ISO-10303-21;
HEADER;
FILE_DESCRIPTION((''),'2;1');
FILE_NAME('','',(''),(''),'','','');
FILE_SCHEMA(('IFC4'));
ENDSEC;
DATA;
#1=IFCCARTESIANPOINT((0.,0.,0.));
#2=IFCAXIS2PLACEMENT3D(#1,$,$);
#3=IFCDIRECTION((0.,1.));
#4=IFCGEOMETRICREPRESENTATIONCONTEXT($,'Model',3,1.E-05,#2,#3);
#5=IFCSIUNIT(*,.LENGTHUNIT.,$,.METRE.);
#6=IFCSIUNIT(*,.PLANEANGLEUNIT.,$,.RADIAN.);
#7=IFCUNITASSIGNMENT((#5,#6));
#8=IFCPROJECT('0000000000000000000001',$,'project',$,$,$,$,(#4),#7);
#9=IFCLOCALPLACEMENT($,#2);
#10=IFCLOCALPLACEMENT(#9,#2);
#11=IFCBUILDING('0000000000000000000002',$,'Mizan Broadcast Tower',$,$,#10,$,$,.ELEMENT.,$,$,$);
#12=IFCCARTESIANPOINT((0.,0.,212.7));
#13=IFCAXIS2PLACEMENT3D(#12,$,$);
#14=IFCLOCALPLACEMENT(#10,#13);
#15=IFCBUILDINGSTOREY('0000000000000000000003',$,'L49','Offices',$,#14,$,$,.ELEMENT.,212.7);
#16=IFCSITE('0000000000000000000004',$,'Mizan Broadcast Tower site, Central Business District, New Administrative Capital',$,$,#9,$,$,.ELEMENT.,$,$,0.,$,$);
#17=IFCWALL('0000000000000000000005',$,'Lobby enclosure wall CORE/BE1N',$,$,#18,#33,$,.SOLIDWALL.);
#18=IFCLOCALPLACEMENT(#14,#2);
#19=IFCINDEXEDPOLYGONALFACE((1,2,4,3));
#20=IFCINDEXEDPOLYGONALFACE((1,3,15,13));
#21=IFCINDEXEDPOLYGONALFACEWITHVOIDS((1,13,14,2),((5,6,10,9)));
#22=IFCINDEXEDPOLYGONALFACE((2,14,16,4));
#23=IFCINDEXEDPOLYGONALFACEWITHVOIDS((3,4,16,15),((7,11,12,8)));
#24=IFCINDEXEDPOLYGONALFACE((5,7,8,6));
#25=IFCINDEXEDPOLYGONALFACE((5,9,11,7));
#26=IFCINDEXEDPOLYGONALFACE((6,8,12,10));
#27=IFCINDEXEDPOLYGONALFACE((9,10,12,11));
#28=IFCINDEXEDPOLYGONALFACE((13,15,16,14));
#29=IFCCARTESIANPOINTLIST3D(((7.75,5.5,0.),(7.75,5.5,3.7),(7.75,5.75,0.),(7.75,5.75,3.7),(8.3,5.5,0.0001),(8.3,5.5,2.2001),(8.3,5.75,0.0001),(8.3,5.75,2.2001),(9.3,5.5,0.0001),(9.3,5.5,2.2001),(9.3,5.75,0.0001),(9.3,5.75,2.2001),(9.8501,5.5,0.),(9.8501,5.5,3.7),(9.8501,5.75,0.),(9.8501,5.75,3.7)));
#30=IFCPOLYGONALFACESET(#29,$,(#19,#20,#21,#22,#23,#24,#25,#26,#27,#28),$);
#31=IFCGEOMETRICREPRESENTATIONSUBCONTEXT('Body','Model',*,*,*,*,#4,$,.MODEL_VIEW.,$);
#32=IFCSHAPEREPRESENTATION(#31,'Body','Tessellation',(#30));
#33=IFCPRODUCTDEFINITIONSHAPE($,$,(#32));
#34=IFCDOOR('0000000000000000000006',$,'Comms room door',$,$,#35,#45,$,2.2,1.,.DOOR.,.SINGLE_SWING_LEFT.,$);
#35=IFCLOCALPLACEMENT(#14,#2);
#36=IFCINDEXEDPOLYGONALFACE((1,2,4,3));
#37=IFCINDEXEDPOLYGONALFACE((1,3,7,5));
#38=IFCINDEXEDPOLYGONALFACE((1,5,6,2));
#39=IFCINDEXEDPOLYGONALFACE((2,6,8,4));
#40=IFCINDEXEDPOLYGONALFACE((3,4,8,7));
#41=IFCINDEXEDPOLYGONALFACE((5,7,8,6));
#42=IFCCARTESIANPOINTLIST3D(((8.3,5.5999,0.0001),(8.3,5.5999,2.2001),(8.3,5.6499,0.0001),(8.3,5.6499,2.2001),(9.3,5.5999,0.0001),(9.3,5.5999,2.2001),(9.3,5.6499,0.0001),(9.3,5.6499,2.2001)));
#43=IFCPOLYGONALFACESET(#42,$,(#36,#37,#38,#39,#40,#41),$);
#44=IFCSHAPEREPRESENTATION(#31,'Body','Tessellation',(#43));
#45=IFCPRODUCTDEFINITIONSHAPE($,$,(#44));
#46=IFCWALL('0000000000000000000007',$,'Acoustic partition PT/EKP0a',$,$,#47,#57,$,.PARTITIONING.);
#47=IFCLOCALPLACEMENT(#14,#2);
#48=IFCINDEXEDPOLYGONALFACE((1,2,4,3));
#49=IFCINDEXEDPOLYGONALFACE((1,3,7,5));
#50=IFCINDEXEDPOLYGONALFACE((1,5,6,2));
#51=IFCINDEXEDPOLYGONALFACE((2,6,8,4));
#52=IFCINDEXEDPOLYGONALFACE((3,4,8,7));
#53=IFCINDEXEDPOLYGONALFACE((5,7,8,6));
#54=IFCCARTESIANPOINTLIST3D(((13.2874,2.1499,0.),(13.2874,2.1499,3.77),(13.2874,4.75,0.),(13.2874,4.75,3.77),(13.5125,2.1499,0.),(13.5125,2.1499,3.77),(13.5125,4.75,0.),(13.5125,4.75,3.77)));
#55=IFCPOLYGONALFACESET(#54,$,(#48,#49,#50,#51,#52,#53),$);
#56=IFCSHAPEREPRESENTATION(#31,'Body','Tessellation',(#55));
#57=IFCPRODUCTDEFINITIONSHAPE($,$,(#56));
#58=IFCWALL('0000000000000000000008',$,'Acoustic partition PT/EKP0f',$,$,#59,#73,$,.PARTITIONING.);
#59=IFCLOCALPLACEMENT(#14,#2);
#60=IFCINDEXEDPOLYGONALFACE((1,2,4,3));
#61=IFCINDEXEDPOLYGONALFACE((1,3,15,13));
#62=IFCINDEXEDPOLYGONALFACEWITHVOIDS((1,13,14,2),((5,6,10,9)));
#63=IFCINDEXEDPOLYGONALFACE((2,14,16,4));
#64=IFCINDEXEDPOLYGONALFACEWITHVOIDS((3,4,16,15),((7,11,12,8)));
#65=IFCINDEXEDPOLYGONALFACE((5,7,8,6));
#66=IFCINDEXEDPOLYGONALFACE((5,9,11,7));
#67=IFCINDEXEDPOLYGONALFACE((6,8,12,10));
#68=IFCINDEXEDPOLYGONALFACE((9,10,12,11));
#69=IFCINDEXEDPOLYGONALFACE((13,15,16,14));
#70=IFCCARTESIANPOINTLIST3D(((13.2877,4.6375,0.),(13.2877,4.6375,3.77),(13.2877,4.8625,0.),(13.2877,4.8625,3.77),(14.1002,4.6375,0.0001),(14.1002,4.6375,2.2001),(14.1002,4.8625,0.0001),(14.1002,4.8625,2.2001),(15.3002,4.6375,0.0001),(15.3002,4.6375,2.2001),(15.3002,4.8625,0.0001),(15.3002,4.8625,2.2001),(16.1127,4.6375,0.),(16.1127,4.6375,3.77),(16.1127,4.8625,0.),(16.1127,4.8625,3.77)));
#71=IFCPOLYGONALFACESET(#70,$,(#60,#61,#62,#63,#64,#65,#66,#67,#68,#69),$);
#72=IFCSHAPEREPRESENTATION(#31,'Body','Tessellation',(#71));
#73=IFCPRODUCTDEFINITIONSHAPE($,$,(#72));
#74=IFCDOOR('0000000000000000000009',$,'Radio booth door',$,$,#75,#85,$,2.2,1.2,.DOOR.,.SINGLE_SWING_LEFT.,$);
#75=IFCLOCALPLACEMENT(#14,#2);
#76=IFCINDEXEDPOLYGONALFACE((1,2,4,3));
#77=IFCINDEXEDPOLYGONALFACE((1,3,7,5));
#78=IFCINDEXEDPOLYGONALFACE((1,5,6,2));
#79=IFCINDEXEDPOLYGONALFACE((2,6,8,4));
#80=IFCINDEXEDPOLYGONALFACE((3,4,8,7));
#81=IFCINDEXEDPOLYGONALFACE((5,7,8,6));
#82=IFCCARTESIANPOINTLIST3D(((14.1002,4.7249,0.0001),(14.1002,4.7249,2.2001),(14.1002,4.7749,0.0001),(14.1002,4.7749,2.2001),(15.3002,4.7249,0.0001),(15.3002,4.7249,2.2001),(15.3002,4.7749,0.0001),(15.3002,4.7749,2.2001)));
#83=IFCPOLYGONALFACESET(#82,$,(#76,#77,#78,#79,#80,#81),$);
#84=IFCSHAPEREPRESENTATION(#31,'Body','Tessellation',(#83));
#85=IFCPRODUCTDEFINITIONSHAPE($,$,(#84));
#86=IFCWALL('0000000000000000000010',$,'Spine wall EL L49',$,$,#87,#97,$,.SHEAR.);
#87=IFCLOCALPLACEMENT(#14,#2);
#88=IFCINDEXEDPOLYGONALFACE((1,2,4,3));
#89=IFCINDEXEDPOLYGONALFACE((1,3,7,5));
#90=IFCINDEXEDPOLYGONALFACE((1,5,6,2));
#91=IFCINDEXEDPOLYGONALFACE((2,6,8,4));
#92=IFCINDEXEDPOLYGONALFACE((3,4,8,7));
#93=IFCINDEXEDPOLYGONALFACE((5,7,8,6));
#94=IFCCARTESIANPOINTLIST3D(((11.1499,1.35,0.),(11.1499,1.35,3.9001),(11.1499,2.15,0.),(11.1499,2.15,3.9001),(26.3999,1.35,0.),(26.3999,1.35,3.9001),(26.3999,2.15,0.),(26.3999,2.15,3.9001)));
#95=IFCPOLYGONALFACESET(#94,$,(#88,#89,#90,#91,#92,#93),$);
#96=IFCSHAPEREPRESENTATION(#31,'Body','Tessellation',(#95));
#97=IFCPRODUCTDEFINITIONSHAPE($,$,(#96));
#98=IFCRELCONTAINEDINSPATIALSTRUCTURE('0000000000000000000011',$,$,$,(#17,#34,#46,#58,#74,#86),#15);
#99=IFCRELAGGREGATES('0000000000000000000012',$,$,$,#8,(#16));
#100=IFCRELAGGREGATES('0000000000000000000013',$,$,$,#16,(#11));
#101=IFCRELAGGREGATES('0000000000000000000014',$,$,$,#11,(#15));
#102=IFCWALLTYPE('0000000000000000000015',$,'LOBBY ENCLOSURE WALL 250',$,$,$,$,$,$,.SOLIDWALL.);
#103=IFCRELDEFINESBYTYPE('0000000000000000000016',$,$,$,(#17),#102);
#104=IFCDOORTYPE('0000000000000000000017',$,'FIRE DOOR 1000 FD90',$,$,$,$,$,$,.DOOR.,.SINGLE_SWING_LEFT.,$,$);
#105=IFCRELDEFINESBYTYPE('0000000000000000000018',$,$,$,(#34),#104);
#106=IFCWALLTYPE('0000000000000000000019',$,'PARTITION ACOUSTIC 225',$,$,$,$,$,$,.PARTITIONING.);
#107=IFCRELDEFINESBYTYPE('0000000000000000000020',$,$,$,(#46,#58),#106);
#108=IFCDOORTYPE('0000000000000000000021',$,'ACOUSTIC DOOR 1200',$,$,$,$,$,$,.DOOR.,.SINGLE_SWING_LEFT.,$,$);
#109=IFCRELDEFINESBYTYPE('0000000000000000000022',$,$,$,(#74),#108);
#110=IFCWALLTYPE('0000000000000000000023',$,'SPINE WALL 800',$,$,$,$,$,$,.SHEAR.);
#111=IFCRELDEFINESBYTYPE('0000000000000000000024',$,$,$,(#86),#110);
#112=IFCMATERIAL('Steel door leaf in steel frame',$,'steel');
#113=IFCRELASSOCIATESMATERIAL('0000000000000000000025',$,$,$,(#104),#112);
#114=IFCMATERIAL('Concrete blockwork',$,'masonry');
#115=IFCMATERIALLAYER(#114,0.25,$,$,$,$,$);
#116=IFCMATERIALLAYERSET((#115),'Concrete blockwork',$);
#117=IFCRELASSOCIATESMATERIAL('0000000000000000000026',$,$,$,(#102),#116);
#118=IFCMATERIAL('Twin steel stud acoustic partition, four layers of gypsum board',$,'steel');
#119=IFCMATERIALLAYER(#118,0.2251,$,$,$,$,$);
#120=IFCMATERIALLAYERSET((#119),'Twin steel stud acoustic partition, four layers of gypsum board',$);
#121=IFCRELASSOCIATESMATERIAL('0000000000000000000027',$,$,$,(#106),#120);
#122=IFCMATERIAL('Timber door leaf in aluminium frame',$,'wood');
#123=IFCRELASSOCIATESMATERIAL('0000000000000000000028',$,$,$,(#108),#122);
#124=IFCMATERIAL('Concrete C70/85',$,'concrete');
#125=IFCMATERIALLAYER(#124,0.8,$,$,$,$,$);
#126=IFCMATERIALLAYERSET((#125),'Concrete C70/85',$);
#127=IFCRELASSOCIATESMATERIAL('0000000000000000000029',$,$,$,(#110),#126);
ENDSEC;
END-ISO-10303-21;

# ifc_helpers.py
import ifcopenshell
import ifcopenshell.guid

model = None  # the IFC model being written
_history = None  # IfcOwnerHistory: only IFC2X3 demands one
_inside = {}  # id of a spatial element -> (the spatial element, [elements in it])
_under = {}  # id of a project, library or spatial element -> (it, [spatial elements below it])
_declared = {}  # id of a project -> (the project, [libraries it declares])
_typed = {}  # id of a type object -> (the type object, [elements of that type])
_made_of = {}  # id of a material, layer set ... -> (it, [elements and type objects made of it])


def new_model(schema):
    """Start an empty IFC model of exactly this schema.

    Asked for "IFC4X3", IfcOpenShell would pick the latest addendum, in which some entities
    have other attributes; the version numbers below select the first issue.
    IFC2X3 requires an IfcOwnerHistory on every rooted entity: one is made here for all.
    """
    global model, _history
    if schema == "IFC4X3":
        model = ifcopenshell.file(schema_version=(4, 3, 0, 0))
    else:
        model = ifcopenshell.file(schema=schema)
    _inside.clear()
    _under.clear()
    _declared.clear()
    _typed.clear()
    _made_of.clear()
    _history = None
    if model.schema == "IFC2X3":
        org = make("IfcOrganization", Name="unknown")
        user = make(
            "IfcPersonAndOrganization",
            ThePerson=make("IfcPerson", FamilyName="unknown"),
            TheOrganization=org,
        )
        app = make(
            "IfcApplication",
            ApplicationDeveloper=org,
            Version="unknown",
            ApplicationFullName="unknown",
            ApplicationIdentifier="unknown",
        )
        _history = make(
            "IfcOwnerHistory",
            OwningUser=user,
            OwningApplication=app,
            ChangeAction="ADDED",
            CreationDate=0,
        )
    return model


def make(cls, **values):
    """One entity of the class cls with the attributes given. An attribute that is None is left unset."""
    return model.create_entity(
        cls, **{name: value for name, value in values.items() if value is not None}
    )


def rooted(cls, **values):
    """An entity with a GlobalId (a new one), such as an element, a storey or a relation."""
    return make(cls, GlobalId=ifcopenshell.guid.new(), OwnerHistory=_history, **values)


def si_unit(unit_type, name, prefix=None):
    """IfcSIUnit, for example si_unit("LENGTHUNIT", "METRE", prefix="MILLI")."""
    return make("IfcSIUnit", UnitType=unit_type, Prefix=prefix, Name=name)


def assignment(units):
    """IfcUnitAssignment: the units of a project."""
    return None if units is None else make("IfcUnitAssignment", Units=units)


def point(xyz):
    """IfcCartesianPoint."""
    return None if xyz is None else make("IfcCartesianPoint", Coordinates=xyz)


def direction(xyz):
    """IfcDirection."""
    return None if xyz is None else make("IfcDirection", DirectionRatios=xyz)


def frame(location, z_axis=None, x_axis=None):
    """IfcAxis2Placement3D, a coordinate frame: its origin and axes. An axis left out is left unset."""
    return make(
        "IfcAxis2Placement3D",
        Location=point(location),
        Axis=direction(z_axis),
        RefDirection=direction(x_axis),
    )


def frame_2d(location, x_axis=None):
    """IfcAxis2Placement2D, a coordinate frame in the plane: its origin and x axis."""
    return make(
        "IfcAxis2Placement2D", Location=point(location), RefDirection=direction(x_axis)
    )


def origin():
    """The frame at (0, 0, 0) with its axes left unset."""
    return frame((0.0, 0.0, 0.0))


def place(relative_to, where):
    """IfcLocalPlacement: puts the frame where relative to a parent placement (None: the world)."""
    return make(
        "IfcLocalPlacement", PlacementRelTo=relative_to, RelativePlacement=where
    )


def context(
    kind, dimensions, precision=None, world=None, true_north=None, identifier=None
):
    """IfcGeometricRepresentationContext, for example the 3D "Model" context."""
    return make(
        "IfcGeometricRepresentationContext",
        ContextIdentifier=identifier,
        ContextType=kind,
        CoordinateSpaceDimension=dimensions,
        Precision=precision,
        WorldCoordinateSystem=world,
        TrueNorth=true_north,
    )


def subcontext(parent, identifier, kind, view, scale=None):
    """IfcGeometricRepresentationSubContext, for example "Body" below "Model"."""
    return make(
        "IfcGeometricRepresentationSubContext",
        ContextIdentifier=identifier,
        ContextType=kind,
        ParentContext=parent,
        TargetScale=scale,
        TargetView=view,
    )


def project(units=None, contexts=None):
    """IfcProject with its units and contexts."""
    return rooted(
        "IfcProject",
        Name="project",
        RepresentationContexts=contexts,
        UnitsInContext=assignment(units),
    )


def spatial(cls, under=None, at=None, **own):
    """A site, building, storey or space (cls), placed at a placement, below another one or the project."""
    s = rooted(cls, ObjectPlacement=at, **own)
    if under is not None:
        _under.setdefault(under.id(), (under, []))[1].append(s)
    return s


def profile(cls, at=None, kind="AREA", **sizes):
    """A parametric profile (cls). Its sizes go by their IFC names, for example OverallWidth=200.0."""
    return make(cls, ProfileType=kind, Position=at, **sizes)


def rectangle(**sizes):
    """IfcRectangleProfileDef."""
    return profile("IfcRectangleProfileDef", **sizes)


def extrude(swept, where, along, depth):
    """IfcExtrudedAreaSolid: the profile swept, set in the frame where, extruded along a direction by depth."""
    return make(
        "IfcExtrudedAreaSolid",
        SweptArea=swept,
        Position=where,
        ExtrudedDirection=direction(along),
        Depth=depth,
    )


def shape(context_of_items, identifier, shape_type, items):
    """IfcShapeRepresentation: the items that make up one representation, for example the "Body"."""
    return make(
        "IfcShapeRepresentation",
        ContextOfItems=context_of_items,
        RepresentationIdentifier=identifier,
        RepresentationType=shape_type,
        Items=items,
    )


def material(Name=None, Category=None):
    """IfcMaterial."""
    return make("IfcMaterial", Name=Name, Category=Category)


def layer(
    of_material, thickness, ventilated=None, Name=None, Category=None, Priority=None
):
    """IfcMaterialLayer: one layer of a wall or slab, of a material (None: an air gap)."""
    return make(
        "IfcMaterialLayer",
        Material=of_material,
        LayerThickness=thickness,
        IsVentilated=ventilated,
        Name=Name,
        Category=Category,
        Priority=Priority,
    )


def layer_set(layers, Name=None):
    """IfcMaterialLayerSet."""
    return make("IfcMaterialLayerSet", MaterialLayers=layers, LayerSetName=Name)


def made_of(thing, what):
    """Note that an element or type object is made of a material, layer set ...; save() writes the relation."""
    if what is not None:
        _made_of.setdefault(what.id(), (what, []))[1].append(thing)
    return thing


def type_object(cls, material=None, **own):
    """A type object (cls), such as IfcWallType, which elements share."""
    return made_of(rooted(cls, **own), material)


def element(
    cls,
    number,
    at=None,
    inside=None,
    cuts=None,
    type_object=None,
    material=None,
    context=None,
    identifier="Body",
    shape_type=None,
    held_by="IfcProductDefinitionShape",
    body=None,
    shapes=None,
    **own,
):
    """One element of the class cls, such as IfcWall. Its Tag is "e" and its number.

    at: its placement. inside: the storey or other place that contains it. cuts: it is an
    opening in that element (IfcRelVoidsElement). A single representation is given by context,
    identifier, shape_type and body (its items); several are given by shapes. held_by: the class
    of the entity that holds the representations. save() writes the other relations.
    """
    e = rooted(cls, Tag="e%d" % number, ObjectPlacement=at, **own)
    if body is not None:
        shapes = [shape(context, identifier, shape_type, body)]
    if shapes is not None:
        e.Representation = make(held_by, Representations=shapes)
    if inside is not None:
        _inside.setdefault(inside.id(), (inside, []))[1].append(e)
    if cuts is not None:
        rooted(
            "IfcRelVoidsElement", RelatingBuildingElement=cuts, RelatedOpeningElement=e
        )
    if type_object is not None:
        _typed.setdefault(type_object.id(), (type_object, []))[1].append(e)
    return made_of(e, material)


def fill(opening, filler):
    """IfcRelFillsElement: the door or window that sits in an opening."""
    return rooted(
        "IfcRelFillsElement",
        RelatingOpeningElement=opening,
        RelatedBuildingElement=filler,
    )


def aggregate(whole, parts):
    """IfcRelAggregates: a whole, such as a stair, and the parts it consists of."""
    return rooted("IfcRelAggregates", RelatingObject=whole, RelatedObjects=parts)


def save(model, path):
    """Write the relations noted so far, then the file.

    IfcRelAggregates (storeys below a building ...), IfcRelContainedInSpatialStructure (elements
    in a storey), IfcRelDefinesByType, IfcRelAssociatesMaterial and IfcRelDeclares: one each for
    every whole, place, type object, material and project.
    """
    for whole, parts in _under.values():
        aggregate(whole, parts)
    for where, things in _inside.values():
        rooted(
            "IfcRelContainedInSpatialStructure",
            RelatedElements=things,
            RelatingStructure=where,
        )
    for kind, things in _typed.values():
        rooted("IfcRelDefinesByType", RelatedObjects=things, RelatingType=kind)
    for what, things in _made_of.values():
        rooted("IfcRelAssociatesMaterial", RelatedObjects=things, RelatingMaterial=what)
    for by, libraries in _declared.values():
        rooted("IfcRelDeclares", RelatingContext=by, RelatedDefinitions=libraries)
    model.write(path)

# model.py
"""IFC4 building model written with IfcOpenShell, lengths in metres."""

from ifc_helpers import new_model, si_unit, direction, frame, frame_2d, origin, place, context, subcontext, project, spatial, rectangle, extrude, material, layer, layer_set, type_object, element, fill, save


model = new_model("IFC4")

# Units and contexts
model_context = context("Model", 3, precision=1e-05, world=origin(), true_north=direction((0.0, 1.0)))
body_context = subcontext(model_context, "Body", "Model", "MODEL_VIEW")
ifc_project = project(units=[si_unit("LENGTHUNIT", "METRE"), si_unit("PLANEANGLEUNIT", "RADIAN")], contexts=[model_context])

# Site, building, storey
site_placement = place(None, origin())
site = spatial("IfcSite", under=ifc_project, at=site_placement, Name="Mizan Broadcast Tower site, Central Business District, New Administrative Capital", CompositionType="ELEMENT", RefElevation=0.0)
building_placement = place(site_placement, origin())
building = spatial("IfcBuilding", under=site, at=building_placement, Name="Mizan Broadcast Tower", CompositionType="ELEMENT")
storey_placement = place(building_placement, frame((0.0, 0.0, 212.7)))
storey = spatial("IfcBuildingStorey", under=building, at=storey_placement, Name="L49", Description="Offices", CompositionType="ELEMENT", Elevation=212.7)

# Shared definitions
ifc_material_1 = material(Name="Steel door leaf in steel frame", Category="steel")
door_type_1 = type_object("IfcDoorType", Name="FIRE DOOR 1000 FD90", OperationType="SINGLE_SWING_LEFT", PredefinedType="DOOR", material=ifc_material_1)

# Wall, opening, door
ifc_material_2 = material(Name="Concrete blockwork", Category="masonry")
ifc_layer_1 = layer(ifc_material_2, 0.25)
ifc_layer_set_1 = layer_set([ifc_layer_1], Name="Concrete blockwork")
wall_type_1 = type_object("IfcWallType", Name="LOBBY ENCLOSURE WALL 250", PredefinedType="SOLIDWALL", material=ifc_layer_set_1)
wall_1_placement = place(storey_placement, frame((7.75, 5.625, 0.0), z_axis=(0.0, 0.0, 1.0), x_axis=(1.0, 0.0, 0.0)))
wall_1 = element("IfcWall", 1, at=wall_1_placement, inside=storey, type_object=wall_type_1, Name="Lobby enclosure wall CORE/BE1N", PredefinedType="SOLIDWALL", context=body_context, shape_type="SweptSolid", body=[
    extrude(rectangle(XDim=2.1001, YDim=0.25, at=frame_2d((1.05, 0.0))), origin(), (0.0, 0.0, 1.0), 3.7),
])
opening_1_placement = place(wall_1_placement, frame((0.55, 0.0, 0.0)))
opening_1 = element("IfcOpeningElement", 2, at=opening_1_placement, cuts=wall_1, PredefinedType="OPENING", context=body_context, shape_type="SweptSolid", body=[
    extrude(rectangle(XDim=1.0, YDim=2.2, at=frame_2d((0.5, 1.1001))), frame((0.0, 0.135, 0.0), z_axis=(0.0, -1.0, 0.0), x_axis=(1.0, 0.0, 0.0)), (0.0, 0.0, 1.0), 0.27),
])
door_1_placement = place(opening_1_placement, origin())
door_1 = element("IfcDoor", 3, at=door_1_placement, inside=storey, type_object=door_type_1, Name="Comms room door", OperationType="SINGLE_SWING_LEFT", OverallHeight=2.2, OverallWidth=1.0, PredefinedType="DOOR", context=body_context, shape_type="SweptSolid", body=[
    extrude(rectangle(XDim=1.0, YDim=2.2, at=frame_2d((0.5, 1.1001))), frame((0.0, 0.0249, 0.0), z_axis=(0.0, -1.0, 0.0), x_axis=(1.0, 0.0, 0.0)), (0.0, 0.0, 1.0), 0.05),
])
fill(opening_1, door_1)

# Wall
ifc_material_3 = material(Name="Twin steel stud acoustic partition, four layers of gypsum board", Category="steel")
ifc_layer_2 = layer(ifc_material_3, 0.2251)
ifc_layer_set_2 = layer_set([ifc_layer_2], Name="Twin steel stud acoustic partition, four layers of gypsum board")
wall_type_2 = type_object("IfcWallType", Name="PARTITION ACOUSTIC 225", PredefinedType="PARTITIONING", material=ifc_layer_set_2)
wall_2_placement = place(storey_placement, frame((13.3999, 2.1499, 0.0), z_axis=(0.0, 0.0, 1.0), x_axis=(0.0, 1.0, 0.0)))
element("IfcWall", 4, at=wall_2_placement, inside=storey, type_object=wall_type_2, Name="Acoustic partition PT/EKP0a", PredefinedType="PARTITIONING", context=body_context, shape_type="SweptSolid", body=[
    extrude(rectangle(XDim=2.6001, YDim=0.2251, at=frame_2d((1.3, 0.0))), origin(), (0.0, 0.0, 1.0), 3.77),
])

# Wall, opening, door
wall_3_placement = place(storey_placement, frame((13.2876, 4.75, 0.0), z_axis=(0.0, 0.0, 1.0), x_axis=(1.0, 0.0, 0.0)))
wall_3 = element("IfcWall", 5, at=wall_3_placement, inside=storey, type_object=wall_type_2, Name="Acoustic partition PT/EKP0f", PredefinedType="PARTITIONING", context=body_context, shape_type="SweptSolid", body=[
    extrude(rectangle(XDim=2.825, YDim=0.2251, at=frame_2d((1.4126, 0.0))), origin(), (0.0, 0.0, 1.0), 3.77),
])
opening_2_placement = place(wall_3_placement, frame((0.8125, 0.0, 0.0)))
opening_2 = element("IfcOpeningElement", 6, at=opening_2_placement, cuts=wall_3, PredefinedType="OPENING", context=body_context, shape_type="SweptSolid", body=[
    extrude(rectangle(XDim=1.2, YDim=2.2, at=frame_2d((0.6001, 1.1001))), frame((0.0, 0.1226, 0.0), z_axis=(0.0, -1.0, 0.0), x_axis=(1.0, 0.0, 0.0)), (0.0, 0.0, 1.0), 0.2451),
])
ifc_material_4 = material(Name="Timber door leaf in aluminium frame", Category="wood")
door_type_2 = type_object("IfcDoorType", Name="ACOUSTIC DOOR 1200", OperationType="SINGLE_SWING_LEFT", PredefinedType="DOOR", material=ifc_material_4)
door_2_placement = place(opening_2_placement, origin())
door_2 = element("IfcDoor", 7, at=door_2_placement, inside=storey, type_object=door_type_2, Name="Radio booth door", OperationType="SINGLE_SWING_LEFT", OverallHeight=2.2, OverallWidth=1.2, PredefinedType="DOOR", context=body_context, shape_type="SweptSolid", body=[
    extrude(rectangle(XDim=1.2, YDim=2.2, at=frame_2d((0.6001, 1.1001))), frame((0.0, 0.0249, 0.0), z_axis=(0.0, -1.0, 0.0), x_axis=(1.0, 0.0, 0.0)), (0.0, 0.0, 1.0), 0.05),
])
fill(opening_2, door_2)

# Wall
ifc_material_5 = material(Name="Concrete C70/85", Category="concrete")
ifc_layer_3 = layer(ifc_material_5, 0.8)
ifc_layer_set_3 = layer_set([ifc_layer_3], Name="Concrete C70/85")
wall_type_3 = type_object("IfcWallType", Name="SPINE WALL 800", PredefinedType="SHEAR", material=ifc_layer_set_3)
wall_4_placement = place(storey_placement, frame((11.1499, 1.75, 0.0), z_axis=(0.0, 0.0, 1.0), x_axis=(1.0, 0.0, 0.0)))
element("IfcWall", 8, at=wall_4_placement, inside=storey, type_object=wall_type_3, Name="Spine wall EL L49", PredefinedType="SHEAR", context=body_context, shape_type="SweptSolid", body=[
    extrude(rectangle(XDim=15.25, YDim=0.8, at=frame_2d((7.625, 0.0))), origin(), (0.0, 0.0, 1.0), 3.9001),
])

save(model, "model.ifc")
